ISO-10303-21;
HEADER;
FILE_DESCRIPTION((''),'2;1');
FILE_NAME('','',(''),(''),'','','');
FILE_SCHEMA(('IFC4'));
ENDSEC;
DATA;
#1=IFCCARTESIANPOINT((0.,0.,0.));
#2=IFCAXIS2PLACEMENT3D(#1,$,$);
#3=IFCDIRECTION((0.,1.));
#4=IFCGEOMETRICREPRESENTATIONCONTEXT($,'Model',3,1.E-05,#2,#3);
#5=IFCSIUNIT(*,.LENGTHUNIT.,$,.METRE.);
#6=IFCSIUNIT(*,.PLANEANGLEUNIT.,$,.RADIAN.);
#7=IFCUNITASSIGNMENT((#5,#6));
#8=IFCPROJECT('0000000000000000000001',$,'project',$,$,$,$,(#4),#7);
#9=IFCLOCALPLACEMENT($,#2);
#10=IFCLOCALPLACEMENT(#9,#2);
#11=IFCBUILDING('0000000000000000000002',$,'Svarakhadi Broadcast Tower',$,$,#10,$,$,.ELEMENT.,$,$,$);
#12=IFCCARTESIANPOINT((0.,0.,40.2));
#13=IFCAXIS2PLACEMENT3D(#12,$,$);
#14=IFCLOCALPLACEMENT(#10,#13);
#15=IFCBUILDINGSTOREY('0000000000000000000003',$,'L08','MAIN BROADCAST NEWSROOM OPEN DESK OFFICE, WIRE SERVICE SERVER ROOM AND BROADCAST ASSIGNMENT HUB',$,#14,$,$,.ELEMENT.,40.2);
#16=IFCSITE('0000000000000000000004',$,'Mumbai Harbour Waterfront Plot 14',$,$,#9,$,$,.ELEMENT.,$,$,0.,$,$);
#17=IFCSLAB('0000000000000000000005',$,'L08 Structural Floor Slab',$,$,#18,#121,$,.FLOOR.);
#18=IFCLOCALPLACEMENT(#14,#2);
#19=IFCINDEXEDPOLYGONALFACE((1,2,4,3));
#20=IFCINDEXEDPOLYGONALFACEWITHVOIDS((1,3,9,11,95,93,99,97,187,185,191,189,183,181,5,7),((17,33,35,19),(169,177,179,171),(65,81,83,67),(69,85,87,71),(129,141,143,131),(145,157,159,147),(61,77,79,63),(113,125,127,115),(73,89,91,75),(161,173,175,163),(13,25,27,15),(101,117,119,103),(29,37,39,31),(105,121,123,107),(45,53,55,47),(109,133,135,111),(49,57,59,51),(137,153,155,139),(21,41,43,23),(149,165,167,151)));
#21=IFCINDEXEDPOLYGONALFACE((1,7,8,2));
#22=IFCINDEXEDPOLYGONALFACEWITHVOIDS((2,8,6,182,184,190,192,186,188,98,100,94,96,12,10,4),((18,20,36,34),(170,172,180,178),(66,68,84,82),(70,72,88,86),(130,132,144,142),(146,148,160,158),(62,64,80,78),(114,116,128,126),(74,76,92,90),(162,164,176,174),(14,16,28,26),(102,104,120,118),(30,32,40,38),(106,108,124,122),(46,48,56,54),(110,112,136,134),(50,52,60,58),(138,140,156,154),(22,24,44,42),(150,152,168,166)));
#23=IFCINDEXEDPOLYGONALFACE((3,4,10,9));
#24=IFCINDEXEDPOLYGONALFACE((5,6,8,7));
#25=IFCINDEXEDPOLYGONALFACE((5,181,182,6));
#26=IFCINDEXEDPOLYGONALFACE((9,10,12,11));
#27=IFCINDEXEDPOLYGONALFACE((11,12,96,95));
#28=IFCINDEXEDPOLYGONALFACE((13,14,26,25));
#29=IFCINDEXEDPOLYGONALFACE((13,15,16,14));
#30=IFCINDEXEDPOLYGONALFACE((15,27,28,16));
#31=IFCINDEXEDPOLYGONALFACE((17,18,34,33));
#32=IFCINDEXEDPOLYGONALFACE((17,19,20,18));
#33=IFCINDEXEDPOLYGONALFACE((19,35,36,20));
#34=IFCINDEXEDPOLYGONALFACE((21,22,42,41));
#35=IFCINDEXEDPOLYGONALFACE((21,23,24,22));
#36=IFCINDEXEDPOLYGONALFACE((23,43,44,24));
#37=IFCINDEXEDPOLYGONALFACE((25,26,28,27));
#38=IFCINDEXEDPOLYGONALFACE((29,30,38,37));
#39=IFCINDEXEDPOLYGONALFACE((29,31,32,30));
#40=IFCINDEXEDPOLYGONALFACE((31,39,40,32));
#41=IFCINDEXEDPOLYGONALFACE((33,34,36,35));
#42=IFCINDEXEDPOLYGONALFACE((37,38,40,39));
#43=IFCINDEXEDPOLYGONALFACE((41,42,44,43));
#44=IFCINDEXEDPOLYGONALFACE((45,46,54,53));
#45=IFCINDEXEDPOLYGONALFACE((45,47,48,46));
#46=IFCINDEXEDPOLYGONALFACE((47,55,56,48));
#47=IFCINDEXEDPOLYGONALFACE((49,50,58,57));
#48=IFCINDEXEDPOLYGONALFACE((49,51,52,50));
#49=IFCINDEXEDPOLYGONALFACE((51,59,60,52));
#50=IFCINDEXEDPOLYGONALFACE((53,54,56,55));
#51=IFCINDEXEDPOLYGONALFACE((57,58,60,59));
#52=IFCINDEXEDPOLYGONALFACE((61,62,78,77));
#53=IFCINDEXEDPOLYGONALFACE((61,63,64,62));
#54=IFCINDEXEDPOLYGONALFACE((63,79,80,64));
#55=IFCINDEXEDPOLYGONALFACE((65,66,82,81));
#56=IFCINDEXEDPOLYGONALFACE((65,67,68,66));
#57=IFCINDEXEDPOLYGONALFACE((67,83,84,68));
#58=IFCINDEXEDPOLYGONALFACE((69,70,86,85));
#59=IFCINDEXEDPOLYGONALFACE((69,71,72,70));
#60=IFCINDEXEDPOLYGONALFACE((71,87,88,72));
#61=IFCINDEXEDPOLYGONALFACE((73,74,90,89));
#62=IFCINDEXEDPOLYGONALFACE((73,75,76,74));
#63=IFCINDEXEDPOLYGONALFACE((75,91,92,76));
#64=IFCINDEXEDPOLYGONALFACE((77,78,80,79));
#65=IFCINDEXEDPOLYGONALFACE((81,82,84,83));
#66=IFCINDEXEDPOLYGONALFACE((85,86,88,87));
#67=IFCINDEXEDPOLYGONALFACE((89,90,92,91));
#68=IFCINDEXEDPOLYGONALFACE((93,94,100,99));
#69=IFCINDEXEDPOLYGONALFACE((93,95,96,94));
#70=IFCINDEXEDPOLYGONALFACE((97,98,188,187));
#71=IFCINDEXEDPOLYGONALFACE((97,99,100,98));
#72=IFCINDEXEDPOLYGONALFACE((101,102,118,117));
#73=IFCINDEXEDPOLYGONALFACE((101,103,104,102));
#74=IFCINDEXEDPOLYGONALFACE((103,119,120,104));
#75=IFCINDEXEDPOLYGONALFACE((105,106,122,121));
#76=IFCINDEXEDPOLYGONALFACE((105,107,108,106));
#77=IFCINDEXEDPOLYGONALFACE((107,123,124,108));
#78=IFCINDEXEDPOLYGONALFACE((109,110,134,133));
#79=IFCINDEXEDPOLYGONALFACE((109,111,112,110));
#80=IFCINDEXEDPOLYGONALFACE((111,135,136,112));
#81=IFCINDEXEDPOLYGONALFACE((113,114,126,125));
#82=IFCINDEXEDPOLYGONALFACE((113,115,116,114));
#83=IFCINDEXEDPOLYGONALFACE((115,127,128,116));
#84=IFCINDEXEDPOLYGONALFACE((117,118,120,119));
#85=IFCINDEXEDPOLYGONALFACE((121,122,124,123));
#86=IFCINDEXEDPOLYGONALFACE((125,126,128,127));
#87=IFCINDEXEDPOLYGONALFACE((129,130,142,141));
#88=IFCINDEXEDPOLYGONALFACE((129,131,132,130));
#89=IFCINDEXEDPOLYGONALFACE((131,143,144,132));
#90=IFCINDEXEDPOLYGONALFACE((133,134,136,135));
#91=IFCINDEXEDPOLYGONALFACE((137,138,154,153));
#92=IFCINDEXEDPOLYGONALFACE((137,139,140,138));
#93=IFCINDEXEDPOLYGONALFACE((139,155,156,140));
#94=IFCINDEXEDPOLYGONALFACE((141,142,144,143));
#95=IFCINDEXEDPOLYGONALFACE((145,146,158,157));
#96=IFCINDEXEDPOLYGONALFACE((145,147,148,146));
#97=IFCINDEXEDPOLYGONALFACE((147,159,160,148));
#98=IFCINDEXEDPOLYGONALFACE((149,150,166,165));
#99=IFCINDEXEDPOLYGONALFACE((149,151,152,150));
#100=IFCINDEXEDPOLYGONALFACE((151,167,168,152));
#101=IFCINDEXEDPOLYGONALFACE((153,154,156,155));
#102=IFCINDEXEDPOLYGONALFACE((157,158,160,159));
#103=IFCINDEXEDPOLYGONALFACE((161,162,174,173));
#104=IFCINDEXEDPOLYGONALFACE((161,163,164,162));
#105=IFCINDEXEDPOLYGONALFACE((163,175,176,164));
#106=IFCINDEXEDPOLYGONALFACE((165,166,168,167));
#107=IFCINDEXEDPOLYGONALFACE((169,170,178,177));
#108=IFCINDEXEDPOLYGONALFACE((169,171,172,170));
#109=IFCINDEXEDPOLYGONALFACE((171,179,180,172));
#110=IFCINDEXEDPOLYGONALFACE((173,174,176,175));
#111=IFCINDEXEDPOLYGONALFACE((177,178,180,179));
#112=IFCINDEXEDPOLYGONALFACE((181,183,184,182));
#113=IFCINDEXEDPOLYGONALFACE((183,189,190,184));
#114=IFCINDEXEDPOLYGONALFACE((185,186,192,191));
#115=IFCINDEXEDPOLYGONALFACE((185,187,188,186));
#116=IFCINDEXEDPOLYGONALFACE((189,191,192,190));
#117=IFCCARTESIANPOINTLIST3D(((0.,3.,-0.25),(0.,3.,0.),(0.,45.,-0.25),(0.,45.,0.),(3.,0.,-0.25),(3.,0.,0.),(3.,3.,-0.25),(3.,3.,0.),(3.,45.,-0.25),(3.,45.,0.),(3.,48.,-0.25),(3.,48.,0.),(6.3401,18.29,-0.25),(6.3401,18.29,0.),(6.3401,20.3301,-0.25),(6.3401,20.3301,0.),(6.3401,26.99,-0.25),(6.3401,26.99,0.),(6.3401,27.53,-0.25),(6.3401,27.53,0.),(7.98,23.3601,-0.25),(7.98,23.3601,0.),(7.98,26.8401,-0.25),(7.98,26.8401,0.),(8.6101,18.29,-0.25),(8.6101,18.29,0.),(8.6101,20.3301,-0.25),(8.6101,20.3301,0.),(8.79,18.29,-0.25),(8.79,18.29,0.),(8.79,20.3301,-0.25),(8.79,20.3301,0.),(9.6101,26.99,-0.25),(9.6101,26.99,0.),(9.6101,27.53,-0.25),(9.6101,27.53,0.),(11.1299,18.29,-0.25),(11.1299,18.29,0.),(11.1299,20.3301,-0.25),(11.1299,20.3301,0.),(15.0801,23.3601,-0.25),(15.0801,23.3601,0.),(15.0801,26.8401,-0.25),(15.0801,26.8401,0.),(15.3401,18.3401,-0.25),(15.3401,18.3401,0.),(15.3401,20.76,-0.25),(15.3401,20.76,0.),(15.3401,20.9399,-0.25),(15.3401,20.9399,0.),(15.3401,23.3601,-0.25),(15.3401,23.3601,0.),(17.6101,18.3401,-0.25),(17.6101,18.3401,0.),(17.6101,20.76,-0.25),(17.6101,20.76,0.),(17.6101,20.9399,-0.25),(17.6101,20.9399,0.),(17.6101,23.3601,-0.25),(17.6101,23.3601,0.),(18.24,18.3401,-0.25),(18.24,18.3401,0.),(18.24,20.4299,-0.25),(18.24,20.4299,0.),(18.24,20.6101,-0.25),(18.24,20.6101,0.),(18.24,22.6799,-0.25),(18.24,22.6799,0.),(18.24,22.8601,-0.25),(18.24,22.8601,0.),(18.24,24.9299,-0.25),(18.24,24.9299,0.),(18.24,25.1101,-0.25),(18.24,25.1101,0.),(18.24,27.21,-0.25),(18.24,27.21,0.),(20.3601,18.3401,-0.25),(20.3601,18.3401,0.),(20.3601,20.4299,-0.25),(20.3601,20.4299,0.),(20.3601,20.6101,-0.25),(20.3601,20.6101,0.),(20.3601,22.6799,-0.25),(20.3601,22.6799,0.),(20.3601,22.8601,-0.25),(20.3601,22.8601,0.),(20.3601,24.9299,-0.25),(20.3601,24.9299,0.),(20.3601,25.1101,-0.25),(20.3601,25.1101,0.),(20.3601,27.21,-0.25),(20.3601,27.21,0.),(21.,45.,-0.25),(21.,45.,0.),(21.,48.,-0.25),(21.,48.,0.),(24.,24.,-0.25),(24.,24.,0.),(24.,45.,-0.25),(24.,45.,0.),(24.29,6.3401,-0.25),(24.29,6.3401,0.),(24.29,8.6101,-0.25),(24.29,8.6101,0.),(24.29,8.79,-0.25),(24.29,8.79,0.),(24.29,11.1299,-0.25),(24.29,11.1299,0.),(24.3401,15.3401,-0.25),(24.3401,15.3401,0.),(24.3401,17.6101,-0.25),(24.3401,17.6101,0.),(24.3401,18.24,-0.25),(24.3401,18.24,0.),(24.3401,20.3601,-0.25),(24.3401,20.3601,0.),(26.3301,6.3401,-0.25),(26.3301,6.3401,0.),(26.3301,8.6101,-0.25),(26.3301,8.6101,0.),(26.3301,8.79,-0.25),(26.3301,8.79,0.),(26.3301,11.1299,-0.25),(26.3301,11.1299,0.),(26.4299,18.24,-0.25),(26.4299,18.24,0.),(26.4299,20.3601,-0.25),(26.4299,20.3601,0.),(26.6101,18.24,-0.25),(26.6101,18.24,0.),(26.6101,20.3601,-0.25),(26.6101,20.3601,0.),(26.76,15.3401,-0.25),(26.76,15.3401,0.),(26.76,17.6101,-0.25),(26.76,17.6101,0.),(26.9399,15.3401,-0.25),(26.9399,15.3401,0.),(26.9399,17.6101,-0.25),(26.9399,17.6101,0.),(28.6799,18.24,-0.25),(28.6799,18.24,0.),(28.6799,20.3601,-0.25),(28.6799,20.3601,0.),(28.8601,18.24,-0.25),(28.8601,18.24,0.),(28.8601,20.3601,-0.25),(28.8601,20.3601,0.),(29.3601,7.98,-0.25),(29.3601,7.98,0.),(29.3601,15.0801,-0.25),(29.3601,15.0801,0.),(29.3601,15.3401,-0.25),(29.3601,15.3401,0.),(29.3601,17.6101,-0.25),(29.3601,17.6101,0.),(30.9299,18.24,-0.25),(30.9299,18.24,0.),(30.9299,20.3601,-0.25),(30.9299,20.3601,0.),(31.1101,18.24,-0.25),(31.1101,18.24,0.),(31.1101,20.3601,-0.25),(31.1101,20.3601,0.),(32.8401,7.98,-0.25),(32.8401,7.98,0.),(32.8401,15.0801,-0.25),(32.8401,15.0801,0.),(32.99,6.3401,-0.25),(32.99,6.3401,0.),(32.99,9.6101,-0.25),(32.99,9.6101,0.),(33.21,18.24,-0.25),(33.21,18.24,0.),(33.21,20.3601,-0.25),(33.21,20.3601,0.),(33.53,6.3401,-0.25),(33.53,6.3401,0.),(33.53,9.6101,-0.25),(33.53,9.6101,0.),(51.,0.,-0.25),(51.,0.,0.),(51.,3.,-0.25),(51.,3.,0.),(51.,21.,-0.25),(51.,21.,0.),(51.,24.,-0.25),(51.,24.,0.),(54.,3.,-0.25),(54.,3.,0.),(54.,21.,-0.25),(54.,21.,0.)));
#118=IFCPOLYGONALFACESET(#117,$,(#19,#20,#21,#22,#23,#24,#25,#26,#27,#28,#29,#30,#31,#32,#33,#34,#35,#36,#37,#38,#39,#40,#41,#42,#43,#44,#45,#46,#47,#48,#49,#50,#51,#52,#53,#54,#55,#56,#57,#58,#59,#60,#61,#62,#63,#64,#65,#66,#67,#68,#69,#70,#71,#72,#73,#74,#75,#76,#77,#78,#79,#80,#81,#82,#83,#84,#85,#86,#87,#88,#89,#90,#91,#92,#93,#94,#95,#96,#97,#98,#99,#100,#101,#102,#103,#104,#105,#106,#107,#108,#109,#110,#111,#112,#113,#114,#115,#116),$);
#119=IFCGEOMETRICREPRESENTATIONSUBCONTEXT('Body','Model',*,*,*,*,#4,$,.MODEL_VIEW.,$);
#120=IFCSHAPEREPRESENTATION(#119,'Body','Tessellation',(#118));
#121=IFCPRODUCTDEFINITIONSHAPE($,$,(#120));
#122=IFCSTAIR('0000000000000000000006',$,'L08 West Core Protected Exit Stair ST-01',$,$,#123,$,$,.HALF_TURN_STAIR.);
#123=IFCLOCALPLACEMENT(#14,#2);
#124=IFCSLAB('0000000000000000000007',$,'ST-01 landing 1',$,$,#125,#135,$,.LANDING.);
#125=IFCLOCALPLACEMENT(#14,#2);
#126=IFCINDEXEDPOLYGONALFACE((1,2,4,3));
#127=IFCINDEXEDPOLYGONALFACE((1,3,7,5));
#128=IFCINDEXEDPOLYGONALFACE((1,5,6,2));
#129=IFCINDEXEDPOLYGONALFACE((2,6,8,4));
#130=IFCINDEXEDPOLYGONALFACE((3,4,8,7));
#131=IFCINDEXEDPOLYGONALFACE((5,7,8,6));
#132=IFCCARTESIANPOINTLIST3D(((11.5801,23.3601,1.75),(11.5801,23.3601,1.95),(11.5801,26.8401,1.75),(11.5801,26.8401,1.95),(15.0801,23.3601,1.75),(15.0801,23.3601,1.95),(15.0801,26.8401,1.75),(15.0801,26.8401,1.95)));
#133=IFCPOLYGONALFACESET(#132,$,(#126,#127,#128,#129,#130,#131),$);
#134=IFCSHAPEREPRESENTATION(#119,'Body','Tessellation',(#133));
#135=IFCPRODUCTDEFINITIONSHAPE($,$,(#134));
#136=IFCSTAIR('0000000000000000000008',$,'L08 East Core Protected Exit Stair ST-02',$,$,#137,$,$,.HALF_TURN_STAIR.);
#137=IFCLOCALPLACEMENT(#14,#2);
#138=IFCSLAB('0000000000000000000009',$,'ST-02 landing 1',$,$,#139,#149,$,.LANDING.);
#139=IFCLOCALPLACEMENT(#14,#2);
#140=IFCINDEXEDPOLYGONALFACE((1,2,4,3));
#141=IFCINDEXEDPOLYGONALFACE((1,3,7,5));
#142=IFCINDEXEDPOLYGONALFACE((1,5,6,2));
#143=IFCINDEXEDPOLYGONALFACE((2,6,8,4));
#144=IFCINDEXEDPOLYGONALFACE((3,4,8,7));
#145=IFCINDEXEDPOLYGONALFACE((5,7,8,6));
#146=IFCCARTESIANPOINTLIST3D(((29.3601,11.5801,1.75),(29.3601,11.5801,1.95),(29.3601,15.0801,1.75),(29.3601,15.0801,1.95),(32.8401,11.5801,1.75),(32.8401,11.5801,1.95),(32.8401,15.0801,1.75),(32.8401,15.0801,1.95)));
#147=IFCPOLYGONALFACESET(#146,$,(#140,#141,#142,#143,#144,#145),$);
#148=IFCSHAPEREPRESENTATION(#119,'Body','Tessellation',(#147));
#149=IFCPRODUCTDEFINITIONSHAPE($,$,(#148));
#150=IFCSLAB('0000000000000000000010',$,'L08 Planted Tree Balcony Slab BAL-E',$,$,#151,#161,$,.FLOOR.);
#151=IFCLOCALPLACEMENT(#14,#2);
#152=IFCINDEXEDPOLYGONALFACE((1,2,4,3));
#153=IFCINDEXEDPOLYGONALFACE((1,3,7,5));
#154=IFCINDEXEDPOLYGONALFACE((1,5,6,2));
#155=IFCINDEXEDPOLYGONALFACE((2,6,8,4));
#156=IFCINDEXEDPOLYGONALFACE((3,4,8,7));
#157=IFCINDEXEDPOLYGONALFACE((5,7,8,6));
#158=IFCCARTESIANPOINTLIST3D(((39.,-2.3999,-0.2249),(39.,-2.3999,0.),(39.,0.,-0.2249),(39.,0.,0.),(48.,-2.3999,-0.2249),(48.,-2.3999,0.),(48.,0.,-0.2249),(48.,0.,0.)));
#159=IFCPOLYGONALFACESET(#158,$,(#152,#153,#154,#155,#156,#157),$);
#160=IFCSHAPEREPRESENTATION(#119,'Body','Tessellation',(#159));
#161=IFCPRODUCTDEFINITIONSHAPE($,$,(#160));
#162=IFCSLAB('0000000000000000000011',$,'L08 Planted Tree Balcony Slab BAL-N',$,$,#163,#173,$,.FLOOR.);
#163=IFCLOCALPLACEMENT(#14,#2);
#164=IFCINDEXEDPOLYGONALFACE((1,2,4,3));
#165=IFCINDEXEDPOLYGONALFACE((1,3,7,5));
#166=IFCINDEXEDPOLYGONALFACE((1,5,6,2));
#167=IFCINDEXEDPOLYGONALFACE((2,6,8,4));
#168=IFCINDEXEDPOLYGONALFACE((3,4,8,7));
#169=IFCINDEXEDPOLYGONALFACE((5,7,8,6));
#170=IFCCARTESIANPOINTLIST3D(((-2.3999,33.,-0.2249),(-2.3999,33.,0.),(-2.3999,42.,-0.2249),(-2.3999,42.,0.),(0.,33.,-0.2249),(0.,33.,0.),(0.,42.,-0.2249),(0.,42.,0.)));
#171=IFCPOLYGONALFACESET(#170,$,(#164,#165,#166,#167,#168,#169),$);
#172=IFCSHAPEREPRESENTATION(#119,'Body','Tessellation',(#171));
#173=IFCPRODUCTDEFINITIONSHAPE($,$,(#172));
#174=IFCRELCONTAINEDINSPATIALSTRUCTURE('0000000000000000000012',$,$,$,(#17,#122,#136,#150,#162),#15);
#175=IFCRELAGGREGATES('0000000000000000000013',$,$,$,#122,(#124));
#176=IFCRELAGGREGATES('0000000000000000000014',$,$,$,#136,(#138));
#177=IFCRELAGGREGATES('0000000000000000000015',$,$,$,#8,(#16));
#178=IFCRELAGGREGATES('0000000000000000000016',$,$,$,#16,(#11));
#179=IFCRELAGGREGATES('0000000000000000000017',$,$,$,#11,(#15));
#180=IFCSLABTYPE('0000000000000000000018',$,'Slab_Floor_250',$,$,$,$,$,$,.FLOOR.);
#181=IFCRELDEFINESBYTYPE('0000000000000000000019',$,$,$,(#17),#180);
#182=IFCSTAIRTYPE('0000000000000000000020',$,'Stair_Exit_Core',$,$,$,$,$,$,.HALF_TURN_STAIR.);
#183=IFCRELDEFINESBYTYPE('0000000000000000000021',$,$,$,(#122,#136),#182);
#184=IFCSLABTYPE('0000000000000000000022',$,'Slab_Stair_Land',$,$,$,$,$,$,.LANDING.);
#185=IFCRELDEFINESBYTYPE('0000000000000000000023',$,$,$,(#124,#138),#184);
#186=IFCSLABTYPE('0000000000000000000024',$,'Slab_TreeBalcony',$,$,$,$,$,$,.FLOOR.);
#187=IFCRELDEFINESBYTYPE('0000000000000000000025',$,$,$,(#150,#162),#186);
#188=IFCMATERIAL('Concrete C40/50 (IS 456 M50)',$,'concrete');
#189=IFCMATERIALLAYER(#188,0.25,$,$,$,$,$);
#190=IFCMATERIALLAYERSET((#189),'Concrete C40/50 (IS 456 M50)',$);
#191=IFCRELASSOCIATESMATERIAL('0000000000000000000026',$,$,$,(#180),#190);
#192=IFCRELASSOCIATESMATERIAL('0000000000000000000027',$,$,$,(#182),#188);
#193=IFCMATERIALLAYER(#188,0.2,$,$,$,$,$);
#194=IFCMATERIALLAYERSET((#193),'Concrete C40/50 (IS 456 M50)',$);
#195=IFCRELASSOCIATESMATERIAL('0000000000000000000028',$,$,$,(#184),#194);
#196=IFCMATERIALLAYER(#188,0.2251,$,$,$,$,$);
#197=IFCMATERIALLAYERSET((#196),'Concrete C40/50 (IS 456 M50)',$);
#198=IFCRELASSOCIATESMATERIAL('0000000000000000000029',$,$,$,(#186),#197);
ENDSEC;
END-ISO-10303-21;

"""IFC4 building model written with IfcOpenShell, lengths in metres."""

from ifc_helpers import new_model, si_unit, direction, frame, origin, place, context, subcontext, project, spatial, polyline, outline, extrude, material, layer, layer_set, type_object, element, aggregate, save


model = new_model("IFC4")

# Units and contexts
model_context = context("Model", 3, precision=1e-05, world=origin(), true_north=direction((0.0, 1.0)))
body_context = subcontext(model_context, "Body", "Model", "MODEL_VIEW")
ifc_project = project(units=[si_unit("LENGTHUNIT", "METRE"), si_unit("PLANEANGLEUNIT", "RADIAN")], contexts=[model_context])

# Site, building, storey
site_placement = place(None, origin())
site = spatial("IfcSite", under=ifc_project, at=site_placement, Name="Mumbai Harbour Waterfront Plot 14", CompositionType="ELEMENT", RefElevation=0.0)
building_placement = place(site_placement, origin())
building = spatial("IfcBuilding", under=site, at=building_placement, Name="Svarakhadi Broadcast Tower", CompositionType="ELEMENT")
storey_placement = place(building_placement, frame((0.0, 0.0, 40.2)))
storey = spatial("IfcBuildingStorey", under=building, at=storey_placement, Name="L08", Description="MAIN BROADCAST NEWSROOM OPEN DESK OFFICE, WIRE SERVICE SERVER ROOM AND BROADCAST ASSIGNMENT HUB", CompositionType="ELEMENT", Elevation=40.2)

# Slab
ifc_material_1 = material(Name="Concrete C40/50 (IS 456 M50)", Category="concrete")
ifc_layer_1 = layer(ifc_material_1, 0.25)
ifc_layer_set_1 = layer_set([ifc_layer_1], Name="Concrete C40/50 (IS 456 M50)")
slab_type_1 = type_object("IfcSlabType", Name="Slab_Floor_250", PredefinedType="FLOOR", material=ifc_layer_set_1)
slab_1_placement = place(storey_placement, frame((0.0, 0.0, -0.25)))
element("IfcSlab", 1, at=slab_1_placement, inside=storey, type_object=slab_type_1, Name="L08 Structural Floor Slab", PredefinedType="FLOOR", context=body_context, shape_type="SweptSolid", body=[
    extrude(outline(polyline([(3.0, 0.0), (51.0, 0.0), (51.0, 3.0), (54.0, 3.0), (54.0, 21.0), (51.0, 21.0), (51.0, 24.0), (24.0, 24.0), (24.0, 45.0), (21.0, 45.0), (21.0, 48.0), (3.0, 48.0), (3.0, 45.0), (0.0, 45.0), (0.0, 3.0), (3.0, 3.0), (3.0, 0.0)]), holes=[polyline([(7.98, 23.3601), (15.0801, 23.3601), (15.0801, 26.8401), (7.98, 26.8401), (7.98, 23.3601)]), polyline([(32.8401, 7.98), (32.8401, 15.0801), (29.3601, 15.0801), (29.3601, 7.98), (32.8401, 7.98)]), polyline([(6.3401, 18.29), (8.6101, 18.29), (8.6101, 20.3301), (6.3401, 20.3301), (6.3401, 18.29)]), polyline([(8.79, 18.29), (11.1299, 18.29), (11.1299, 20.3301), (8.79, 20.3301), (8.79, 18.29)]), polyline([(24.29, 6.3401), (26.3301, 6.3401), (26.3301, 8.6101), (24.29, 8.6101), (24.29, 6.3401)]), polyline([(24.29, 8.79), (26.3301, 8.79), (26.3301, 11.1299), (24.29, 11.1299), (24.29, 8.79)]), polyline([(6.3401, 26.99), (9.6101, 26.99), (9.6101, 27.53), (6.3401, 27.53), (6.3401, 26.99)]), polyline([(32.99, 6.3401), (33.53, 6.3401), (33.53, 9.6101), (32.99, 9.6101), (32.99, 6.3401)]), polyline([(15.3401, 18.3401), (17.6101, 18.3401), (17.6101, 20.76), (15.3401, 20.76), (15.3401, 18.3401)]), polyline([(15.3401, 20.9399), (17.6101, 20.9399), (17.6101, 23.3601), (15.3401, 23.3601), (15.3401, 20.9399)]), polyline([(24.3401, 15.3401), (26.76, 15.3401), (26.76, 17.6101), (24.3401, 17.6101), (24.3401, 15.3401)]), polyline([(26.9399, 15.3401), (29.3601, 15.3401), (29.3601, 17.6101), (26.9399, 17.6101), (26.9399, 15.3401)]), polyline([(18.24, 18.3401), (20.3601, 18.3401), (20.3601, 20.4299), (18.24, 20.4299), (18.24, 18.3401)]), polyline([(18.24, 20.6101), (20.3601, 20.6101), (20.3601, 22.6799), (18.24, 22.6799), (18.24, 20.6101)]), polyline([(18.24, 22.8601), (20.3601, 22.8601), (20.3601, 24.9299), (18.24, 24.9299), (18.24, 22.8601)]), polyline([(18.24, 25.1101), (20.3601, 25.1101), (20.3601, 27.21), (18.24, 27.21), (18.24, 25.1101)]), polyline([(24.3401, 18.24), (26.4299, 18.24), (26.4299, 20.3601), (24.3401, 20.3601), (24.3401, 18.24)]), polyline([(26.6101, 18.24), (28.6799, 18.24), (28.6799, 20.3601), (26.6101, 20.3601), (26.6101, 18.24)]), polyline([(28.8601, 18.24), (30.9299, 18.24), (30.9299, 20.3601), (28.8601, 20.3601), (28.8601, 18.24)]), polyline([(31.1101, 18.24), (33.21, 18.24), (33.21, 20.3601), (31.1101, 20.3601), (31.1101, 18.24)])]), origin(), (0.0, 0.0, 1.0), 0.25),
])

# Stairs, slabs
stair_type = type_object("IfcStairType", Name="Stair_Exit_Core", PredefinedType="HALF_TURN_STAIR", material=ifc_material_1)
stair_1_placement = place(storey_placement, origin())
stair_1 = element("IfcStair", 2, at=stair_1_placement, inside=storey, type_object=stair_type, Name="L08 West Core Protected Exit Stair ST-01", PredefinedType="HALF_TURN_STAIR")
ifc_layer_2 = layer(ifc_material_1, 0.2)
ifc_layer_set_2 = layer_set([ifc_layer_2], Name="Concrete C40/50 (IS 456 M50)")
slab_type_2 = type_object("IfcSlabType", Name="Slab_Stair_Land", PredefinedType="LANDING", material=ifc_layer_set_2)
slab_2_placement = place(storey_placement, frame((0.0, 0.0, 1.75)))
slab_2 = element("IfcSlab", 3, at=slab_2_placement, type_object=slab_type_2, Name="ST-01 landing 1", PredefinedType="LANDING", context=body_context, shape_type="SweptSolid", body=[
    extrude(outline(polyline([(11.5801, 23.3601), (15.0801, 23.3601), (15.0801, 26.8401), (11.5801, 26.8401), (11.5801, 23.3601)])), origin(), (0.0, 0.0, 1.0), 0.2),
])
aggregate(stair_1, [slab_2])
stair_2_placement = place(storey_placement, origin())
stair_2 = element("IfcStair", 4, at=stair_2_placement, inside=storey, type_object=stair_type, Name="L08 East Core Protected Exit Stair ST-02", PredefinedType="HALF_TURN_STAIR")
slab_3_placement = place(storey_placement, frame((0.0, 0.0, 1.75)))
slab_3 = element("IfcSlab", 5, at=slab_3_placement, type_object=slab_type_2, Name="ST-02 landing 1", PredefinedType="LANDING", context=body_context, shape_type="SweptSolid", body=[
    extrude(outline(polyline([(32.8401, 11.5801), (32.8401, 15.0801), (29.3601, 15.0801), (29.3601, 11.5801), (32.8401, 11.5801)])), origin(), (0.0, 0.0, 1.0), 0.2),
])
aggregate(stair_2, [slab_3])

# Slabs
ifc_layer_3 = layer(ifc_material_1, 0.2251)
ifc_layer_set_3 = layer_set([ifc_layer_3], Name="Concrete C40/50 (IS 456 M50)")
slab_type_3 = type_object("IfcSlabType", Name="Slab_TreeBalcony", PredefinedType="FLOOR", material=ifc_layer_set_3)
slab_4_placement = place(storey_placement, frame((0.0, 0.0, -0.2249)))
element("IfcSlab", 6, at=slab_4_placement, inside=storey, type_object=slab_type_3, Name="L08 Planted Tree Balcony Slab BAL-E", PredefinedType="FLOOR", context=body_context, shape_type="SweptSolid", body=[
    extrude(outline(polyline([(39.0, -2.3999), (48.0, -2.3999), (48.0, 0.0), (39.0, 0.0), (39.0, -2.3999)])), origin(), (0.0, 0.0, 1.0), 0.2249),
])
slab_5_placement = place(storey_placement, frame((0.0, 0.0, -0.2249)))
element("IfcSlab", 7, at=slab_5_placement, inside=storey, type_object=slab_type_3, Name="L08 Planted Tree Balcony Slab BAL-N", PredefinedType="FLOOR", context=body_context, shape_type="SweptSolid", body=[
    extrude(outline(polyline([(-2.3999, 33.0), (0.0, 33.0), (0.0, 42.0), (-2.3999, 42.0), (-2.3999, 33.0)])), origin(), (0.0, 0.0, 1.0), 0.2249),
])

save(model, "model.ifc")
